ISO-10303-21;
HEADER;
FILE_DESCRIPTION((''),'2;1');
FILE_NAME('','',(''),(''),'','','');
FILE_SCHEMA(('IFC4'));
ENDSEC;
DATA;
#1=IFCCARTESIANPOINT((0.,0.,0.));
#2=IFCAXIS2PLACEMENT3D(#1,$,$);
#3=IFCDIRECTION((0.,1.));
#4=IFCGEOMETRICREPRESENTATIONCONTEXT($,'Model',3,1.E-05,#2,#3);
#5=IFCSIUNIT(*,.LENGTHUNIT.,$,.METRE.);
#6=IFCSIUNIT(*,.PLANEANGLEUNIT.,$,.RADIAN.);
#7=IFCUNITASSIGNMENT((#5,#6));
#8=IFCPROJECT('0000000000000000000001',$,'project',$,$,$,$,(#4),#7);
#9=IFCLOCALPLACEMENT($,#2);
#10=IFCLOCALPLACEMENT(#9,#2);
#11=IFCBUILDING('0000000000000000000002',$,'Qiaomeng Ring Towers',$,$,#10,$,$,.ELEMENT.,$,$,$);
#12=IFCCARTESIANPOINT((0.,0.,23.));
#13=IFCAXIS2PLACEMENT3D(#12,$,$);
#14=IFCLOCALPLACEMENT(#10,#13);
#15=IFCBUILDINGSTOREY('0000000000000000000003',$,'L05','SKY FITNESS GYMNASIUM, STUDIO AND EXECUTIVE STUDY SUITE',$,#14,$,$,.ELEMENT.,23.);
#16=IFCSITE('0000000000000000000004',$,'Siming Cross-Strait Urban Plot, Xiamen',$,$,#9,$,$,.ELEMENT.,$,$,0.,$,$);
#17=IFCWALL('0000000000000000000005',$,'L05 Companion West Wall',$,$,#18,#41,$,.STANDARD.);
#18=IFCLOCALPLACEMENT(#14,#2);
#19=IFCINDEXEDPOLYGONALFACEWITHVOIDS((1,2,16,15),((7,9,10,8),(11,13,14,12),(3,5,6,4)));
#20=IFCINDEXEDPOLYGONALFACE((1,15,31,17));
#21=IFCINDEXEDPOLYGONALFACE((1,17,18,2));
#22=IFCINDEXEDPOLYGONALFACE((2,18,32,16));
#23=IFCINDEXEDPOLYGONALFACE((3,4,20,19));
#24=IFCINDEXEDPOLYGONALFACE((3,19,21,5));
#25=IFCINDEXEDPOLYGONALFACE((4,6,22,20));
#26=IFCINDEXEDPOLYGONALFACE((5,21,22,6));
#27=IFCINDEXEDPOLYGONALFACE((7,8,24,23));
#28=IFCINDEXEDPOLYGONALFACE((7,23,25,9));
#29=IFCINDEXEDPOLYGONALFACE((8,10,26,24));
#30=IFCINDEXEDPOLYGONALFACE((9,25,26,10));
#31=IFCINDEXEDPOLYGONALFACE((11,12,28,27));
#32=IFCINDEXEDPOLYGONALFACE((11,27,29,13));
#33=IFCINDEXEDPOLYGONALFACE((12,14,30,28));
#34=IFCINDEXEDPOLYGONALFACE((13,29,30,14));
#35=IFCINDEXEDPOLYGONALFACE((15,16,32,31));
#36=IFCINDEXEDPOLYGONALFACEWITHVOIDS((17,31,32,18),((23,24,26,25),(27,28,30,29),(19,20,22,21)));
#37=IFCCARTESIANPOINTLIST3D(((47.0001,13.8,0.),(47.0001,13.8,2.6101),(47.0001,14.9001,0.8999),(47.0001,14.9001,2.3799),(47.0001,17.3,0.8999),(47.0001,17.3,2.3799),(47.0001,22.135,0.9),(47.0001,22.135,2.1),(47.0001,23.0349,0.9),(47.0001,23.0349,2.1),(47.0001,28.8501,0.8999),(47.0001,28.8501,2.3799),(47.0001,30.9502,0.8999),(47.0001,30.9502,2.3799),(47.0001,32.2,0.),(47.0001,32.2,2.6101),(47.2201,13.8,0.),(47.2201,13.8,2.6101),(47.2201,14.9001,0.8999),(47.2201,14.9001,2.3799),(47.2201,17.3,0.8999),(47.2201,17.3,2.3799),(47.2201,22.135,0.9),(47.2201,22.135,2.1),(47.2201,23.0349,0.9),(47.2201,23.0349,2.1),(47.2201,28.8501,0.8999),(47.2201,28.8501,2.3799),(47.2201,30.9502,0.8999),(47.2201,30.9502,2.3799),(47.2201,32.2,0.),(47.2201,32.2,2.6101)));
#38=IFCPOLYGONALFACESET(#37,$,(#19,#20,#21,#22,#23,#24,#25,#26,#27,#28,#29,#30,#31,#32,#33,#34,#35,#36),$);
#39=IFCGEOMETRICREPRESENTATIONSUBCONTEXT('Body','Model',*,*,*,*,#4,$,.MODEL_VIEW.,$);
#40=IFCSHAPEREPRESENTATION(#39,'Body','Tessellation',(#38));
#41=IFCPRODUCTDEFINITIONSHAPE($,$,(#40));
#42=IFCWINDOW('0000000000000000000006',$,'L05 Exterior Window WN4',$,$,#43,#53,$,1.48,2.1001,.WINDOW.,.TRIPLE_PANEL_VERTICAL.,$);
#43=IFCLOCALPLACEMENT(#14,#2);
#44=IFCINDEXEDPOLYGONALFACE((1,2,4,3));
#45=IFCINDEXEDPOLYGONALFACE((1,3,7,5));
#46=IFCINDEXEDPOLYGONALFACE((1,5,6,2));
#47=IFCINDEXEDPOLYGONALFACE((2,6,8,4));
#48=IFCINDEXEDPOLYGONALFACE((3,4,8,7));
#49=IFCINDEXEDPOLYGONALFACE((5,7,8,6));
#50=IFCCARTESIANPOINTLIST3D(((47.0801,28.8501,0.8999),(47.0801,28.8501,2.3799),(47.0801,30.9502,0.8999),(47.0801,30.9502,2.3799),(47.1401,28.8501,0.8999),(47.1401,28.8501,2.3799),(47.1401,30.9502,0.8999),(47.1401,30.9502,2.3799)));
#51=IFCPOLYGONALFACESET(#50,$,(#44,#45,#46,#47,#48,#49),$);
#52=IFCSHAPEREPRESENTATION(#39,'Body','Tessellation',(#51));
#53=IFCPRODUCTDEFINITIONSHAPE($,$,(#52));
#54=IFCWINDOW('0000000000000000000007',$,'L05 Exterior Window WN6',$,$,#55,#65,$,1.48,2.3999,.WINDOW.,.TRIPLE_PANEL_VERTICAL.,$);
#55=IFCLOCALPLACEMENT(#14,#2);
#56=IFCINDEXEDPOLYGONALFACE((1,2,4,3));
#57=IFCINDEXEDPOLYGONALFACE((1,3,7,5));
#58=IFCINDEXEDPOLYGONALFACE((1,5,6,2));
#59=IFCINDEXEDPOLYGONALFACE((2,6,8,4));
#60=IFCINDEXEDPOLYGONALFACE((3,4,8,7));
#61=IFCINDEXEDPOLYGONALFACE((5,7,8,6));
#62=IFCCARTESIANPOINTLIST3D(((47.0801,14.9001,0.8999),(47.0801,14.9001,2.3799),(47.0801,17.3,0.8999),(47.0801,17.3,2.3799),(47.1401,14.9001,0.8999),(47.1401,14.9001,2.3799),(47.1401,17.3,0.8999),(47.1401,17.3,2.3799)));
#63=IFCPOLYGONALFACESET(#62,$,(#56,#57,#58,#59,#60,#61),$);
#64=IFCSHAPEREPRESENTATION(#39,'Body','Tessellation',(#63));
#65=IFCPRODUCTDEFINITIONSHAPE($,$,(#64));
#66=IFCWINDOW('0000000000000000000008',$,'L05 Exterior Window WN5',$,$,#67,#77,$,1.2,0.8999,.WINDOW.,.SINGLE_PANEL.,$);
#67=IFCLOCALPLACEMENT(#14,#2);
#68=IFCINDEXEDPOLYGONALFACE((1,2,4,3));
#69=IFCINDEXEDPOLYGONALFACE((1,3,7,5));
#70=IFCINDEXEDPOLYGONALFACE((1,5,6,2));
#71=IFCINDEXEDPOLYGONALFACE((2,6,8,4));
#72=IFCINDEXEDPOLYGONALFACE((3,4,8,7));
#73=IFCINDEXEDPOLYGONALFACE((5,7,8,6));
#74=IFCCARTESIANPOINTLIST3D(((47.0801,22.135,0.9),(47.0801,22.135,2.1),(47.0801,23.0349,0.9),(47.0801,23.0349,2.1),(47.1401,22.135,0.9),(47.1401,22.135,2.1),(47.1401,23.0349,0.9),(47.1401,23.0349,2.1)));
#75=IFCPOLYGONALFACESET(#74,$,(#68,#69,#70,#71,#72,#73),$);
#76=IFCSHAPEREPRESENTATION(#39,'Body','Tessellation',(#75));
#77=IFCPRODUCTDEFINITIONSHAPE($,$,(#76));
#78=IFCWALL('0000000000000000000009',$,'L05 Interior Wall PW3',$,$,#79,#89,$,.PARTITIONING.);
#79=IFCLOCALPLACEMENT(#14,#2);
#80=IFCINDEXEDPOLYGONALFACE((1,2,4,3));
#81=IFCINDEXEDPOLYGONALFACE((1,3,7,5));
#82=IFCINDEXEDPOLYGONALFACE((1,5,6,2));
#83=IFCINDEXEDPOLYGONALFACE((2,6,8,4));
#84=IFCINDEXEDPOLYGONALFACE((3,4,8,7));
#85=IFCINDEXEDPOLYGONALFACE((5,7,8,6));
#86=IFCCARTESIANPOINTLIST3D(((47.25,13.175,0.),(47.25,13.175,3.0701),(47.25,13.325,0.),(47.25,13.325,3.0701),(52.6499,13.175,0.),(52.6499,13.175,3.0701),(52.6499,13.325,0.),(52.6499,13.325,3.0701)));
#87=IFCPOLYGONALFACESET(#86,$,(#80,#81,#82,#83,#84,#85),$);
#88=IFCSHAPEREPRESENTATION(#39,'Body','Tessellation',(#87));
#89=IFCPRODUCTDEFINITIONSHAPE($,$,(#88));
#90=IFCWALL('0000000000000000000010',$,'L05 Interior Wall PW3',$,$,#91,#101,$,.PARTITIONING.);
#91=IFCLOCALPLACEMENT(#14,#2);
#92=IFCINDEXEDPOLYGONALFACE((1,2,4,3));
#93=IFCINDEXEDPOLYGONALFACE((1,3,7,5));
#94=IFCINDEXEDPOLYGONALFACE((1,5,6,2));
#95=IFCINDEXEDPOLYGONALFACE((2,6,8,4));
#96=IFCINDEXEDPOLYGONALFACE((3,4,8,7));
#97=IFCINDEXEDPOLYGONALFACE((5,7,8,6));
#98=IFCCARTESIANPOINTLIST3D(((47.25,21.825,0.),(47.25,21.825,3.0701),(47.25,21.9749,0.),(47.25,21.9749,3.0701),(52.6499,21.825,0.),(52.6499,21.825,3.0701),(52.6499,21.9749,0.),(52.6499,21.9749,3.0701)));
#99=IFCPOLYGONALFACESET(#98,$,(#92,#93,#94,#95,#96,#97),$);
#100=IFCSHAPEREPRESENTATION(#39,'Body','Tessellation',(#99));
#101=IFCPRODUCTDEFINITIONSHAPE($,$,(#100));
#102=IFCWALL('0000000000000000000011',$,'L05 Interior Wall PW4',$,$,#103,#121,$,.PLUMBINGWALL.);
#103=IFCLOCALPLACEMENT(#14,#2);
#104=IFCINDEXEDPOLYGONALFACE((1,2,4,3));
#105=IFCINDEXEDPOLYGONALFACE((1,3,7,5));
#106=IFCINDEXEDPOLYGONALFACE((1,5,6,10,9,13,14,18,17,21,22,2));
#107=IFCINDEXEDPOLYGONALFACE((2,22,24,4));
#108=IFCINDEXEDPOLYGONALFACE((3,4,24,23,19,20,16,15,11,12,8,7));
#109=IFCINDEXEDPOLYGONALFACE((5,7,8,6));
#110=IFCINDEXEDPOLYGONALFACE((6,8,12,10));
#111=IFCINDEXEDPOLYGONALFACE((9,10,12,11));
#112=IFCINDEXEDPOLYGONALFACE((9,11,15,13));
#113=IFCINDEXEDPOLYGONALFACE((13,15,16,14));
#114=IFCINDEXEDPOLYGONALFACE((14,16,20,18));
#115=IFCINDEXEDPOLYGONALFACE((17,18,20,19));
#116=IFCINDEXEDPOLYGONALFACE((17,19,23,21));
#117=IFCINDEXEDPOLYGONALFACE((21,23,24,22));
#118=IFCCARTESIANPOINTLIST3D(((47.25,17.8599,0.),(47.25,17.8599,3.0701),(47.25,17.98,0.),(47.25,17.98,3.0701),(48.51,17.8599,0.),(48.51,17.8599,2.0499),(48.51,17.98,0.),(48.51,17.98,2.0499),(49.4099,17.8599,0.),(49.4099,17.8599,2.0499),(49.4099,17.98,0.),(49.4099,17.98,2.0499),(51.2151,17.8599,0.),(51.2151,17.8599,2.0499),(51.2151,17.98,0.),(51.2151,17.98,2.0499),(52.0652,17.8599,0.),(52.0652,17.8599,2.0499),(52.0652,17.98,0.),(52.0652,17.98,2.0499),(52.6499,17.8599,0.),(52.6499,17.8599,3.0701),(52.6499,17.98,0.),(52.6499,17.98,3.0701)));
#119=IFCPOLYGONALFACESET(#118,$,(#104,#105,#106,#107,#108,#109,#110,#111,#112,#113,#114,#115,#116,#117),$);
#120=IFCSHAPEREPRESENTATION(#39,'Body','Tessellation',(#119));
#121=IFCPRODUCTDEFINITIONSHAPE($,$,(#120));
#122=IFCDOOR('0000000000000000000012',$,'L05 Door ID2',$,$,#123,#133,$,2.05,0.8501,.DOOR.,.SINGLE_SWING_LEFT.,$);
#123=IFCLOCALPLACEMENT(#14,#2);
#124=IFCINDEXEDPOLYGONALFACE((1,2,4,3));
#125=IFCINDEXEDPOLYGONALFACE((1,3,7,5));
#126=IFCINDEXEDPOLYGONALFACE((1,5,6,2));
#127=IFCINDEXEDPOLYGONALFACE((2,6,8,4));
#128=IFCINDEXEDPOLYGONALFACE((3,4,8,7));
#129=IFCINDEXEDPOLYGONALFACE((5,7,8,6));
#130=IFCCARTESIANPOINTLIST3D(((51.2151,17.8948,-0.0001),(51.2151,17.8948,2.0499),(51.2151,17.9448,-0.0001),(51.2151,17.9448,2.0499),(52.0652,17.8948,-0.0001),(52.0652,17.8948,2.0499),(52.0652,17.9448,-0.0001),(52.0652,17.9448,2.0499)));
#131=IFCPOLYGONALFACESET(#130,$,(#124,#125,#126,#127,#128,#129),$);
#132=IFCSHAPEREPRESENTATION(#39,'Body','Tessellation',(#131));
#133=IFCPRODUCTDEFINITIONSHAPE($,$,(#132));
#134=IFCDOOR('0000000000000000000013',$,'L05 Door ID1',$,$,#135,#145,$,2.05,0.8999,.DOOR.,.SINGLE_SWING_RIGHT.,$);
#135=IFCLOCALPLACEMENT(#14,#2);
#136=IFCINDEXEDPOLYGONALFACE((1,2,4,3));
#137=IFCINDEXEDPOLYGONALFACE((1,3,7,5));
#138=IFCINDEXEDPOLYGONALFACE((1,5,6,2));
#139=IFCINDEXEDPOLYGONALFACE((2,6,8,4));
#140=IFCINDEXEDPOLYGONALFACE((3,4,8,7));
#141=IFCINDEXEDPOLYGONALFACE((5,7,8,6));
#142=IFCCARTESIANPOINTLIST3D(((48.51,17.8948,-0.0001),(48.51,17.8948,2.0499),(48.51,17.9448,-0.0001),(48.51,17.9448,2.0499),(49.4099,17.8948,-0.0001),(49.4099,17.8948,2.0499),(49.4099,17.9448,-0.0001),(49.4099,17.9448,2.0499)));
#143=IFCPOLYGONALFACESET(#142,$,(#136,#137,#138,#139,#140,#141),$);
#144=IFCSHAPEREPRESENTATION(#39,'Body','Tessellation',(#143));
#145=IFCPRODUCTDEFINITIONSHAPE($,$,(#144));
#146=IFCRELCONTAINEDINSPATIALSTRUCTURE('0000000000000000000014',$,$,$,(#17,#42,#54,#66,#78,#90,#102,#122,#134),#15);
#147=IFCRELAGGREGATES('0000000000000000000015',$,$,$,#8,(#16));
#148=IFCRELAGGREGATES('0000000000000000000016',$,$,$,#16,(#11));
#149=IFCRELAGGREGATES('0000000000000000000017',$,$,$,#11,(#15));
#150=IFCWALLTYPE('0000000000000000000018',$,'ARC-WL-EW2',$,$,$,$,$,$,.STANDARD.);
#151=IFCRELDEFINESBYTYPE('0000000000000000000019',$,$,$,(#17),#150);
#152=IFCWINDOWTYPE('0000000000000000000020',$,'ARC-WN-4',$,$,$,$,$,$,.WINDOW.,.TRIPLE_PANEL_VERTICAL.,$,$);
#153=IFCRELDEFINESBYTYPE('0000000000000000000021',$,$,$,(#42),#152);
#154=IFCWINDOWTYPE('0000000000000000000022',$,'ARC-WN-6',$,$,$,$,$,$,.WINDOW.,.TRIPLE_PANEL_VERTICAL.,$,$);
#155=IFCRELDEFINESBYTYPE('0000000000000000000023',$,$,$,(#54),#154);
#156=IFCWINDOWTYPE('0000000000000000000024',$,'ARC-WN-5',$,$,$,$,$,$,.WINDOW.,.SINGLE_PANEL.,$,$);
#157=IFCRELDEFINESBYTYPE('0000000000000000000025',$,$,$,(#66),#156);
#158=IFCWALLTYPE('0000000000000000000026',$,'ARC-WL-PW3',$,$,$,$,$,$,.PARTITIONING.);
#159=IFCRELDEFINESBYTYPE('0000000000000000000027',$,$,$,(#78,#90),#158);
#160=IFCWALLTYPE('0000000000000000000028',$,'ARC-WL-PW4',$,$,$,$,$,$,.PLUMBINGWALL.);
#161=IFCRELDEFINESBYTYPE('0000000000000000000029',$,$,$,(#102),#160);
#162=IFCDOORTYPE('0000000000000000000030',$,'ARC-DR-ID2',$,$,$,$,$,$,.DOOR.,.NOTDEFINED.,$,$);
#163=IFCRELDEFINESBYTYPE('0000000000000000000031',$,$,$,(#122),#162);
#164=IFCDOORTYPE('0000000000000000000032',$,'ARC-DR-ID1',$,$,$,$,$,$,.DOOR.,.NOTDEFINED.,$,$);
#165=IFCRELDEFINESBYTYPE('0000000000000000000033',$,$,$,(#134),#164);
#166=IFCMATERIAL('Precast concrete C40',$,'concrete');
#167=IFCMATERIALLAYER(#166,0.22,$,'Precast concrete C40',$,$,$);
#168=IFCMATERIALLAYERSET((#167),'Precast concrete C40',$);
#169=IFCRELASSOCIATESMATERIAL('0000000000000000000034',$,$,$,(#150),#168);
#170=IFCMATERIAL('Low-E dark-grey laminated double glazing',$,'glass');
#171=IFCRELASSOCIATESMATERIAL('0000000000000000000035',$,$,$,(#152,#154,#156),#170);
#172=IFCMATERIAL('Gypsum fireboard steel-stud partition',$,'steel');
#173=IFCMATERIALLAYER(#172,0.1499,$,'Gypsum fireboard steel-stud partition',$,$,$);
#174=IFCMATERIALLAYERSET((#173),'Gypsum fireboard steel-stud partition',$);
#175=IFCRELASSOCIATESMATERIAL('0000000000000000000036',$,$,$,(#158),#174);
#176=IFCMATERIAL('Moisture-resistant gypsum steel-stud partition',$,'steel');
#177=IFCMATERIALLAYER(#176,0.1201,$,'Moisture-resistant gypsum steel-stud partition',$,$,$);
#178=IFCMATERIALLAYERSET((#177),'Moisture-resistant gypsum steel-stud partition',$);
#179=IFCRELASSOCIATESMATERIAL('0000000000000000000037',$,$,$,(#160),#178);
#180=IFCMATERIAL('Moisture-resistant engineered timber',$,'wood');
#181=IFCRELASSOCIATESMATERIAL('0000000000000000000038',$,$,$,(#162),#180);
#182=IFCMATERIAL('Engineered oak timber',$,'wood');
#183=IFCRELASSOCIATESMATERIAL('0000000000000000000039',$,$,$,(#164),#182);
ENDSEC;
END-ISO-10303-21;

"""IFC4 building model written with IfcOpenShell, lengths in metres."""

from ifc_helpers import new_model, si_unit, direction, frame, frame_2d, origin, place, context, subcontext, project, spatial, rectangle, extrude, source, transform, mapped, material, layer, layer_set, type_object, element, fill, save


model = new_model("IFC4")

# Units and contexts
model_context = context("Model", 3, precision=1e-05, world=origin(), true_north=direction((0.0, 1.0)))
body_context = subcontext(model_context, "Body", "Model", "MODEL_VIEW")
ifc_project = project(units=[si_unit("LENGTHUNIT", "METRE"), si_unit("PLANEANGLEUNIT", "RADIAN")], contexts=[model_context])

# Site, building, storey
site_placement = place(None, origin())
site = spatial("IfcSite", under=ifc_project, at=site_placement, Name="Siming Cross-Strait Urban Plot, Xiamen", CompositionType="ELEMENT", RefElevation=0.0)
building_placement = place(site_placement, origin())
building = spatial("IfcBuilding", under=site, at=building_placement, Name="Qiaomeng Ring Towers", CompositionType="ELEMENT")
storey_placement = place(building_placement, frame((0.0, 0.0, 23.0)))
storey = spatial("IfcBuildingStorey", under=building, at=storey_placement, Name="L05", Description="SKY FITNESS GYMNASIUM, STUDIO AND EXECUTIVE STUDY SUITE", CompositionType="ELEMENT", Elevation=23.0)

# Wall, openings, windows
ifc_material_1 = material(Name="Precast concrete C40", Category="concrete")
ifc_layer_1 = layer(ifc_material_1, 0.22, Name="Precast concrete C40")
ifc_layer_set_1 = layer_set([ifc_layer_1], Name="Precast concrete C40")
wall_type_1 = type_object("IfcWallType", Name="ARC-WL-EW2", PredefinedType="STANDARD", material=ifc_layer_set_1)
wall_1_placement = place(storey_placement, frame((47.1101, 13.8, 0.0), z_axis=(0.0, 0.0, 1.0), x_axis=(0.0, 1.0, 0.0)))
wall_1 = element("IfcWall", 1, at=wall_1_placement, inside=storey, type_object=wall_type_1, Name="L05 Companion West Wall", PredefinedType="STANDARD", context=body_context, shape_type="SweptSolid", body=[
    extrude(rectangle(XDim=18.3999, YDim=0.22, at=frame_2d((9.2, 0.0))), origin(), (0.0, 0.0, 1.0), 2.6101),
])
opening_1_placement = place(wall_1_placement, frame((1.1001, 0.0, 0.8999)))
opening_1 = element("IfcOpeningElement", 2, at=opening_1_placement, cuts=wall_1, PredefinedType="OPENING", context=body_context, shape_type="SweptSolid", body=[
    extrude(rectangle(XDim=2.3999, YDim=1.48, at=frame_2d((1.2, 0.74))), frame((0.0, 0.1199, 0.0), z_axis=(0.0, -1.0, 0.0), x_axis=(1.0, 0.0, 0.0)), (0.0, 0.0, 1.0), 0.24),
])
opening_2_placement = place(wall_1_placement, frame((15.05, 0.0, 0.8999)))
opening_2 = element("IfcOpeningElement", 3, at=opening_2_placement, cuts=wall_1, PredefinedType="OPENING", context=body_context, shape_type="SweptSolid", body=[
    extrude(rectangle(XDim=2.1001, YDim=1.48, at=frame_2d((1.05, 0.74))), frame((0.0, 0.1199, 0.0), z_axis=(0.0, -1.0, 0.0), x_axis=(1.0, 0.0, 0.0)), (0.0, 0.0, 1.0), 0.24),
])
opening_3_placement = place(wall_1_placement, frame((8.335, 0.0, 0.8999)))
opening_3 = element("IfcOpeningElement", 4, at=opening_3_placement, cuts=wall_1, PredefinedType="OPENING", context=body_context, shape_type="SweptSolid", body=[
    extrude(rectangle(XDim=0.8999, YDim=1.2, at=frame_2d((0.45, 0.6001))), frame((0.0, 0.1199, 0.0), z_axis=(0.0, -1.0, 0.0), x_axis=(1.0, 0.0, 0.0)), (0.0, 0.0, 1.0), 0.24),
])
ifc_material_2 = material(Name="Low-E dark-grey laminated double glazing", Category="glass")
window_type_1 = type_object("IfcWindowType", Name="ARC-WN-4", PartitioningType="TRIPLE_PANEL_VERTICAL", PredefinedType="WINDOW", material=ifc_material_2)
shared_shape_1 = source(origin(), body_context, "Body", "SweptSolid", [
    extrude(rectangle(XDim=2.1001, YDim=1.48, at=frame_2d((1.05, 0.74))), frame((0.0, 0.03, 0.0), z_axis=(0.0, -1.0, 0.0), x_axis=(1.0, 0.0, 0.0)), (0.0, 0.0, 1.0), 0.0601),
])
window_1_placement = place(opening_2_placement, origin())
window_1 = element("IfcWindow", 5, at=window_1_placement, inside=storey, type_object=window_type_1, Name="L05 Exterior Window WN4", OverallHeight=1.48, OverallWidth=2.1001, PartitioningType="TRIPLE_PANEL_VERTICAL", PredefinedType="WINDOW", context=body_context, shape_type="MappedRepresentation", body=[
    mapped(shared_shape_1, transform((0.0, 0.0, 0.0), x_axis=(1.0, 0.0, 0.0), y_axis=(0.0, 1.0, 0.0), z_axis=(0.0, 0.0, 1.0), scale=1.0)),
])
fill(opening_2, window_1)
window_type_2 = type_object("IfcWindowType", Name="ARC-WN-6", PartitioningType="TRIPLE_PANEL_VERTICAL", PredefinedType="WINDOW", material=ifc_material_2)
shared_shape_2 = source(origin(), body_context, "Body", "SweptSolid", [
    extrude(rectangle(XDim=2.3999, YDim=1.48, at=frame_2d((1.2, 0.74))), frame((0.0, 0.03, 0.0), z_axis=(0.0, -1.0, 0.0), x_axis=(1.0, 0.0, 0.0)), (0.0, 0.0, 1.0), 0.0601),
])
window_2_placement = place(opening_1_placement, origin())
window_2 = element("IfcWindow", 6, at=window_2_placement, inside=storey, type_object=window_type_2, Name="L05 Exterior Window WN6", OverallHeight=1.48, OverallWidth=2.3999, PartitioningType="TRIPLE_PANEL_VERTICAL", PredefinedType="WINDOW", context=body_context, shape_type="MappedRepresentation", body=[
    mapped(shared_shape_2, transform((0.0, 0.0, 0.0), x_axis=(1.0, 0.0, 0.0), y_axis=(0.0, 1.0, 0.0), z_axis=(0.0, 0.0, 1.0), scale=1.0)),
])
fill(opening_1, window_2)
window_type_3 = type_object("IfcWindowType", Name="ARC-WN-5", PartitioningType="SINGLE_PANEL", PredefinedType="WINDOW", material=ifc_material_2)
shared_shape_3 = source(origin(), body_context, "Body", "SweptSolid", [
    extrude(rectangle(XDim=0.8999, YDim=1.2, at=frame_2d((0.45, 0.6001))), frame((0.0, 0.03, 0.0), z_axis=(0.0, -1.0, 0.0), x_axis=(1.0, 0.0, 0.0)), (0.0, 0.0, 1.0), 0.0601),
])
window_3_placement = place(opening_3_placement, origin())
window_3 = element("IfcWindow", 7, at=window_3_placement, inside=storey, type_object=window_type_3, Name="L05 Exterior Window WN5", OverallHeight=1.2, OverallWidth=0.8999, PartitioningType="SINGLE_PANEL", PredefinedType="WINDOW", context=body_context, shape_type="MappedRepresentation", body=[
    mapped(shared_shape_3, transform((0.0, 0.0, 0.0), x_axis=(1.0, 0.0, 0.0), y_axis=(0.0, 1.0, 0.0), z_axis=(0.0, 0.0, 1.0), scale=1.0)),
])
fill(opening_3, window_3)

# Walls
ifc_material_3 = material(Name="Gypsum fireboard steel-stud partition", Category="steel")
ifc_layer_2 = layer(ifc_material_3, 0.1499, Name="Gypsum fireboard steel-stud partition")
ifc_layer_set_2 = layer_set([ifc_layer_2], Name="Gypsum fireboard steel-stud partition")
wall_type_2 = type_object("IfcWallType", Name="ARC-WL-PW3", PredefinedType="PARTITIONING", material=ifc_layer_set_2)
for number, where, z_axis, x_axis, name in (
    (8, (47.25, 13.25, 0.0), (0.0, 0.0, 1.0), (1.0, 0.0, 0.0), "L05 Interior Wall PW3"),
    (9, (47.25, 21.8999, 0.0), (0.0, 0.0, 1.0), (1.0, 0.0, 0.0), "L05 Interior Wall PW3"),
):
    element("IfcWall", number, at=place(storey_placement, frame(where, z_axis=z_axis, x_axis=x_axis)), inside=storey, type_object=wall_type_2, Name=name, PredefinedType="PARTITIONING", context=body_context, shape_type="SweptSolid", body=[
        extrude(rectangle(XDim=5.3999, YDim=0.1499, at=frame_2d((2.7, 0.0))), origin(), (0.0, 0.0, 1.0), 3.0701),
    ])

# Wall, openings, doors
ifc_material_4 = material(Name="Moisture-resistant gypsum steel-stud partition", Category="steel")
ifc_layer_3 = layer(ifc_material_4, 0.1201, Name="Moisture-resistant gypsum steel-stud partition")
ifc_layer_set_3 = layer_set([ifc_layer_3], Name="Moisture-resistant gypsum steel-stud partition")
wall_type_3 = type_object("IfcWallType", Name="ARC-WL-PW4", PredefinedType="PLUMBINGWALL", material=ifc_layer_set_3)
wall_2_placement = place(storey_placement, frame((47.25, 17.9199, 0.0), z_axis=(0.0, 0.0, 1.0), x_axis=(1.0, 0.0, 0.0)))
wall_2 = element("IfcWall", 10, at=wall_2_placement, inside=storey, type_object=wall_type_3, Name="L05 Interior Wall PW4", PredefinedType="PLUMBINGWALL", context=body_context, shape_type="SweptSolid", body=[
    extrude(rectangle(XDim=5.3999, YDim=0.1201, at=frame_2d((2.7, 0.0))), origin(), (0.0, 0.0, 1.0), 3.0701),
])
opening_4_placement = place(wall_2_placement, frame((1.26, 0.0, 0.0)))
opening_4 = element("IfcOpeningElement", 11, at=opening_4_placement, cuts=wall_2, PredefinedType="OPENING", context=body_context, shape_type="SweptSolid", body=[
    extrude(rectangle(XDim=0.8999, YDim=2.05, at=frame_2d((0.45, 1.0249))), frame((0.0, 0.0701, 0.0), z_axis=(0.0, -1.0, 0.0), x_axis=(1.0, 0.0, 0.0)), (0.0, 0.0, 1.0), 0.1401),
])
opening_5_placement = place(wall_2_placement, frame((3.9651, 0.0, 0.0)))
opening_5 = element("IfcOpeningElement", 12, at=opening_5_placement, cuts=wall_2, PredefinedType="OPENING", context=body_context, shape_type="SweptSolid", body=[
    extrude(rectangle(XDim=0.8501, YDim=2.05, at=frame_2d((0.425, 1.0249))), frame((0.0, 0.0701, 0.0), z_axis=(0.0, -1.0, 0.0), x_axis=(1.0, 0.0, 0.0)), (0.0, 0.0, 1.0), 0.1401),
])
ifc_material_5 = material(Name="Moisture-resistant engineered timber", Category="wood")
door_type_1 = type_object("IfcDoorType", Name="ARC-DR-ID2", OperationType="NOTDEFINED", PredefinedType="DOOR", material=ifc_material_5)
shared_shape_4 = source(origin(), body_context, "Body", "SweptSolid", [
    extrude(rectangle(XDim=0.8501, YDim=2.05, at=frame_2d((0.425, 1.0249))), frame((0.0, 0.0249, 0.0), z_axis=(0.0, -1.0, 0.0), x_axis=(1.0, 0.0, 0.0)), (0.0, 0.0, 1.0), 0.05),
])
door_1_placement = place(opening_5_placement, origin())
door_1 = element("IfcDoor", 13, at=door_1_placement, inside=storey, type_object=door_type_1, Name="L05 Door ID2", OperationType="SINGLE_SWING_LEFT", OverallHeight=2.05, OverallWidth=0.8501, PredefinedType="DOOR", context=body_context, shape_type="MappedRepresentation", body=[
    mapped(shared_shape_4, transform((0.0, 0.0, 0.0), x_axis=(1.0, 0.0, 0.0), y_axis=(0.0, 1.0, 0.0), z_axis=(0.0, 0.0, 1.0), scale=1.0)),
])
fill(opening_5, door_1)
ifc_material_6 = material(Name="Engineered oak timber", Category="wood")
door_type_2 = type_object("IfcDoorType", Name="ARC-DR-ID1", OperationType="NOTDEFINED", PredefinedType="DOOR", material=ifc_material_6)
shared_shape_5 = source(origin(), body_context, "Body", "SweptSolid", [
    extrude(rectangle(XDim=0.8999, YDim=2.05, at=frame_2d((0.45, 1.0249))), frame((0.0, 0.0249, 0.0), z_axis=(0.0, -1.0, 0.0), x_axis=(1.0, 0.0, 0.0)), (0.0, 0.0, 1.0), 0.05),
])
door_2_placement = place(opening_4_placement, origin())
door_2 = element("IfcDoor", 14, at=door_2_placement, inside=storey, type_object=door_type_2, Name="L05 Door ID1", OperationType="SINGLE_SWING_RIGHT", OverallHeight=2.05, OverallWidth=0.8999, PredefinedType="DOOR", context=body_context, shape_type="MappedRepresentation", body=[
    mapped(shared_shape_5, transform((0.0, 0.0, 0.0), x_axis=(1.0, 0.0, 0.0), y_axis=(0.0, 1.0, 0.0), z_axis=(0.0, 0.0, 1.0), scale=1.0)),
])
fill(opening_4, door_2)

save(model, "model.ifc")
